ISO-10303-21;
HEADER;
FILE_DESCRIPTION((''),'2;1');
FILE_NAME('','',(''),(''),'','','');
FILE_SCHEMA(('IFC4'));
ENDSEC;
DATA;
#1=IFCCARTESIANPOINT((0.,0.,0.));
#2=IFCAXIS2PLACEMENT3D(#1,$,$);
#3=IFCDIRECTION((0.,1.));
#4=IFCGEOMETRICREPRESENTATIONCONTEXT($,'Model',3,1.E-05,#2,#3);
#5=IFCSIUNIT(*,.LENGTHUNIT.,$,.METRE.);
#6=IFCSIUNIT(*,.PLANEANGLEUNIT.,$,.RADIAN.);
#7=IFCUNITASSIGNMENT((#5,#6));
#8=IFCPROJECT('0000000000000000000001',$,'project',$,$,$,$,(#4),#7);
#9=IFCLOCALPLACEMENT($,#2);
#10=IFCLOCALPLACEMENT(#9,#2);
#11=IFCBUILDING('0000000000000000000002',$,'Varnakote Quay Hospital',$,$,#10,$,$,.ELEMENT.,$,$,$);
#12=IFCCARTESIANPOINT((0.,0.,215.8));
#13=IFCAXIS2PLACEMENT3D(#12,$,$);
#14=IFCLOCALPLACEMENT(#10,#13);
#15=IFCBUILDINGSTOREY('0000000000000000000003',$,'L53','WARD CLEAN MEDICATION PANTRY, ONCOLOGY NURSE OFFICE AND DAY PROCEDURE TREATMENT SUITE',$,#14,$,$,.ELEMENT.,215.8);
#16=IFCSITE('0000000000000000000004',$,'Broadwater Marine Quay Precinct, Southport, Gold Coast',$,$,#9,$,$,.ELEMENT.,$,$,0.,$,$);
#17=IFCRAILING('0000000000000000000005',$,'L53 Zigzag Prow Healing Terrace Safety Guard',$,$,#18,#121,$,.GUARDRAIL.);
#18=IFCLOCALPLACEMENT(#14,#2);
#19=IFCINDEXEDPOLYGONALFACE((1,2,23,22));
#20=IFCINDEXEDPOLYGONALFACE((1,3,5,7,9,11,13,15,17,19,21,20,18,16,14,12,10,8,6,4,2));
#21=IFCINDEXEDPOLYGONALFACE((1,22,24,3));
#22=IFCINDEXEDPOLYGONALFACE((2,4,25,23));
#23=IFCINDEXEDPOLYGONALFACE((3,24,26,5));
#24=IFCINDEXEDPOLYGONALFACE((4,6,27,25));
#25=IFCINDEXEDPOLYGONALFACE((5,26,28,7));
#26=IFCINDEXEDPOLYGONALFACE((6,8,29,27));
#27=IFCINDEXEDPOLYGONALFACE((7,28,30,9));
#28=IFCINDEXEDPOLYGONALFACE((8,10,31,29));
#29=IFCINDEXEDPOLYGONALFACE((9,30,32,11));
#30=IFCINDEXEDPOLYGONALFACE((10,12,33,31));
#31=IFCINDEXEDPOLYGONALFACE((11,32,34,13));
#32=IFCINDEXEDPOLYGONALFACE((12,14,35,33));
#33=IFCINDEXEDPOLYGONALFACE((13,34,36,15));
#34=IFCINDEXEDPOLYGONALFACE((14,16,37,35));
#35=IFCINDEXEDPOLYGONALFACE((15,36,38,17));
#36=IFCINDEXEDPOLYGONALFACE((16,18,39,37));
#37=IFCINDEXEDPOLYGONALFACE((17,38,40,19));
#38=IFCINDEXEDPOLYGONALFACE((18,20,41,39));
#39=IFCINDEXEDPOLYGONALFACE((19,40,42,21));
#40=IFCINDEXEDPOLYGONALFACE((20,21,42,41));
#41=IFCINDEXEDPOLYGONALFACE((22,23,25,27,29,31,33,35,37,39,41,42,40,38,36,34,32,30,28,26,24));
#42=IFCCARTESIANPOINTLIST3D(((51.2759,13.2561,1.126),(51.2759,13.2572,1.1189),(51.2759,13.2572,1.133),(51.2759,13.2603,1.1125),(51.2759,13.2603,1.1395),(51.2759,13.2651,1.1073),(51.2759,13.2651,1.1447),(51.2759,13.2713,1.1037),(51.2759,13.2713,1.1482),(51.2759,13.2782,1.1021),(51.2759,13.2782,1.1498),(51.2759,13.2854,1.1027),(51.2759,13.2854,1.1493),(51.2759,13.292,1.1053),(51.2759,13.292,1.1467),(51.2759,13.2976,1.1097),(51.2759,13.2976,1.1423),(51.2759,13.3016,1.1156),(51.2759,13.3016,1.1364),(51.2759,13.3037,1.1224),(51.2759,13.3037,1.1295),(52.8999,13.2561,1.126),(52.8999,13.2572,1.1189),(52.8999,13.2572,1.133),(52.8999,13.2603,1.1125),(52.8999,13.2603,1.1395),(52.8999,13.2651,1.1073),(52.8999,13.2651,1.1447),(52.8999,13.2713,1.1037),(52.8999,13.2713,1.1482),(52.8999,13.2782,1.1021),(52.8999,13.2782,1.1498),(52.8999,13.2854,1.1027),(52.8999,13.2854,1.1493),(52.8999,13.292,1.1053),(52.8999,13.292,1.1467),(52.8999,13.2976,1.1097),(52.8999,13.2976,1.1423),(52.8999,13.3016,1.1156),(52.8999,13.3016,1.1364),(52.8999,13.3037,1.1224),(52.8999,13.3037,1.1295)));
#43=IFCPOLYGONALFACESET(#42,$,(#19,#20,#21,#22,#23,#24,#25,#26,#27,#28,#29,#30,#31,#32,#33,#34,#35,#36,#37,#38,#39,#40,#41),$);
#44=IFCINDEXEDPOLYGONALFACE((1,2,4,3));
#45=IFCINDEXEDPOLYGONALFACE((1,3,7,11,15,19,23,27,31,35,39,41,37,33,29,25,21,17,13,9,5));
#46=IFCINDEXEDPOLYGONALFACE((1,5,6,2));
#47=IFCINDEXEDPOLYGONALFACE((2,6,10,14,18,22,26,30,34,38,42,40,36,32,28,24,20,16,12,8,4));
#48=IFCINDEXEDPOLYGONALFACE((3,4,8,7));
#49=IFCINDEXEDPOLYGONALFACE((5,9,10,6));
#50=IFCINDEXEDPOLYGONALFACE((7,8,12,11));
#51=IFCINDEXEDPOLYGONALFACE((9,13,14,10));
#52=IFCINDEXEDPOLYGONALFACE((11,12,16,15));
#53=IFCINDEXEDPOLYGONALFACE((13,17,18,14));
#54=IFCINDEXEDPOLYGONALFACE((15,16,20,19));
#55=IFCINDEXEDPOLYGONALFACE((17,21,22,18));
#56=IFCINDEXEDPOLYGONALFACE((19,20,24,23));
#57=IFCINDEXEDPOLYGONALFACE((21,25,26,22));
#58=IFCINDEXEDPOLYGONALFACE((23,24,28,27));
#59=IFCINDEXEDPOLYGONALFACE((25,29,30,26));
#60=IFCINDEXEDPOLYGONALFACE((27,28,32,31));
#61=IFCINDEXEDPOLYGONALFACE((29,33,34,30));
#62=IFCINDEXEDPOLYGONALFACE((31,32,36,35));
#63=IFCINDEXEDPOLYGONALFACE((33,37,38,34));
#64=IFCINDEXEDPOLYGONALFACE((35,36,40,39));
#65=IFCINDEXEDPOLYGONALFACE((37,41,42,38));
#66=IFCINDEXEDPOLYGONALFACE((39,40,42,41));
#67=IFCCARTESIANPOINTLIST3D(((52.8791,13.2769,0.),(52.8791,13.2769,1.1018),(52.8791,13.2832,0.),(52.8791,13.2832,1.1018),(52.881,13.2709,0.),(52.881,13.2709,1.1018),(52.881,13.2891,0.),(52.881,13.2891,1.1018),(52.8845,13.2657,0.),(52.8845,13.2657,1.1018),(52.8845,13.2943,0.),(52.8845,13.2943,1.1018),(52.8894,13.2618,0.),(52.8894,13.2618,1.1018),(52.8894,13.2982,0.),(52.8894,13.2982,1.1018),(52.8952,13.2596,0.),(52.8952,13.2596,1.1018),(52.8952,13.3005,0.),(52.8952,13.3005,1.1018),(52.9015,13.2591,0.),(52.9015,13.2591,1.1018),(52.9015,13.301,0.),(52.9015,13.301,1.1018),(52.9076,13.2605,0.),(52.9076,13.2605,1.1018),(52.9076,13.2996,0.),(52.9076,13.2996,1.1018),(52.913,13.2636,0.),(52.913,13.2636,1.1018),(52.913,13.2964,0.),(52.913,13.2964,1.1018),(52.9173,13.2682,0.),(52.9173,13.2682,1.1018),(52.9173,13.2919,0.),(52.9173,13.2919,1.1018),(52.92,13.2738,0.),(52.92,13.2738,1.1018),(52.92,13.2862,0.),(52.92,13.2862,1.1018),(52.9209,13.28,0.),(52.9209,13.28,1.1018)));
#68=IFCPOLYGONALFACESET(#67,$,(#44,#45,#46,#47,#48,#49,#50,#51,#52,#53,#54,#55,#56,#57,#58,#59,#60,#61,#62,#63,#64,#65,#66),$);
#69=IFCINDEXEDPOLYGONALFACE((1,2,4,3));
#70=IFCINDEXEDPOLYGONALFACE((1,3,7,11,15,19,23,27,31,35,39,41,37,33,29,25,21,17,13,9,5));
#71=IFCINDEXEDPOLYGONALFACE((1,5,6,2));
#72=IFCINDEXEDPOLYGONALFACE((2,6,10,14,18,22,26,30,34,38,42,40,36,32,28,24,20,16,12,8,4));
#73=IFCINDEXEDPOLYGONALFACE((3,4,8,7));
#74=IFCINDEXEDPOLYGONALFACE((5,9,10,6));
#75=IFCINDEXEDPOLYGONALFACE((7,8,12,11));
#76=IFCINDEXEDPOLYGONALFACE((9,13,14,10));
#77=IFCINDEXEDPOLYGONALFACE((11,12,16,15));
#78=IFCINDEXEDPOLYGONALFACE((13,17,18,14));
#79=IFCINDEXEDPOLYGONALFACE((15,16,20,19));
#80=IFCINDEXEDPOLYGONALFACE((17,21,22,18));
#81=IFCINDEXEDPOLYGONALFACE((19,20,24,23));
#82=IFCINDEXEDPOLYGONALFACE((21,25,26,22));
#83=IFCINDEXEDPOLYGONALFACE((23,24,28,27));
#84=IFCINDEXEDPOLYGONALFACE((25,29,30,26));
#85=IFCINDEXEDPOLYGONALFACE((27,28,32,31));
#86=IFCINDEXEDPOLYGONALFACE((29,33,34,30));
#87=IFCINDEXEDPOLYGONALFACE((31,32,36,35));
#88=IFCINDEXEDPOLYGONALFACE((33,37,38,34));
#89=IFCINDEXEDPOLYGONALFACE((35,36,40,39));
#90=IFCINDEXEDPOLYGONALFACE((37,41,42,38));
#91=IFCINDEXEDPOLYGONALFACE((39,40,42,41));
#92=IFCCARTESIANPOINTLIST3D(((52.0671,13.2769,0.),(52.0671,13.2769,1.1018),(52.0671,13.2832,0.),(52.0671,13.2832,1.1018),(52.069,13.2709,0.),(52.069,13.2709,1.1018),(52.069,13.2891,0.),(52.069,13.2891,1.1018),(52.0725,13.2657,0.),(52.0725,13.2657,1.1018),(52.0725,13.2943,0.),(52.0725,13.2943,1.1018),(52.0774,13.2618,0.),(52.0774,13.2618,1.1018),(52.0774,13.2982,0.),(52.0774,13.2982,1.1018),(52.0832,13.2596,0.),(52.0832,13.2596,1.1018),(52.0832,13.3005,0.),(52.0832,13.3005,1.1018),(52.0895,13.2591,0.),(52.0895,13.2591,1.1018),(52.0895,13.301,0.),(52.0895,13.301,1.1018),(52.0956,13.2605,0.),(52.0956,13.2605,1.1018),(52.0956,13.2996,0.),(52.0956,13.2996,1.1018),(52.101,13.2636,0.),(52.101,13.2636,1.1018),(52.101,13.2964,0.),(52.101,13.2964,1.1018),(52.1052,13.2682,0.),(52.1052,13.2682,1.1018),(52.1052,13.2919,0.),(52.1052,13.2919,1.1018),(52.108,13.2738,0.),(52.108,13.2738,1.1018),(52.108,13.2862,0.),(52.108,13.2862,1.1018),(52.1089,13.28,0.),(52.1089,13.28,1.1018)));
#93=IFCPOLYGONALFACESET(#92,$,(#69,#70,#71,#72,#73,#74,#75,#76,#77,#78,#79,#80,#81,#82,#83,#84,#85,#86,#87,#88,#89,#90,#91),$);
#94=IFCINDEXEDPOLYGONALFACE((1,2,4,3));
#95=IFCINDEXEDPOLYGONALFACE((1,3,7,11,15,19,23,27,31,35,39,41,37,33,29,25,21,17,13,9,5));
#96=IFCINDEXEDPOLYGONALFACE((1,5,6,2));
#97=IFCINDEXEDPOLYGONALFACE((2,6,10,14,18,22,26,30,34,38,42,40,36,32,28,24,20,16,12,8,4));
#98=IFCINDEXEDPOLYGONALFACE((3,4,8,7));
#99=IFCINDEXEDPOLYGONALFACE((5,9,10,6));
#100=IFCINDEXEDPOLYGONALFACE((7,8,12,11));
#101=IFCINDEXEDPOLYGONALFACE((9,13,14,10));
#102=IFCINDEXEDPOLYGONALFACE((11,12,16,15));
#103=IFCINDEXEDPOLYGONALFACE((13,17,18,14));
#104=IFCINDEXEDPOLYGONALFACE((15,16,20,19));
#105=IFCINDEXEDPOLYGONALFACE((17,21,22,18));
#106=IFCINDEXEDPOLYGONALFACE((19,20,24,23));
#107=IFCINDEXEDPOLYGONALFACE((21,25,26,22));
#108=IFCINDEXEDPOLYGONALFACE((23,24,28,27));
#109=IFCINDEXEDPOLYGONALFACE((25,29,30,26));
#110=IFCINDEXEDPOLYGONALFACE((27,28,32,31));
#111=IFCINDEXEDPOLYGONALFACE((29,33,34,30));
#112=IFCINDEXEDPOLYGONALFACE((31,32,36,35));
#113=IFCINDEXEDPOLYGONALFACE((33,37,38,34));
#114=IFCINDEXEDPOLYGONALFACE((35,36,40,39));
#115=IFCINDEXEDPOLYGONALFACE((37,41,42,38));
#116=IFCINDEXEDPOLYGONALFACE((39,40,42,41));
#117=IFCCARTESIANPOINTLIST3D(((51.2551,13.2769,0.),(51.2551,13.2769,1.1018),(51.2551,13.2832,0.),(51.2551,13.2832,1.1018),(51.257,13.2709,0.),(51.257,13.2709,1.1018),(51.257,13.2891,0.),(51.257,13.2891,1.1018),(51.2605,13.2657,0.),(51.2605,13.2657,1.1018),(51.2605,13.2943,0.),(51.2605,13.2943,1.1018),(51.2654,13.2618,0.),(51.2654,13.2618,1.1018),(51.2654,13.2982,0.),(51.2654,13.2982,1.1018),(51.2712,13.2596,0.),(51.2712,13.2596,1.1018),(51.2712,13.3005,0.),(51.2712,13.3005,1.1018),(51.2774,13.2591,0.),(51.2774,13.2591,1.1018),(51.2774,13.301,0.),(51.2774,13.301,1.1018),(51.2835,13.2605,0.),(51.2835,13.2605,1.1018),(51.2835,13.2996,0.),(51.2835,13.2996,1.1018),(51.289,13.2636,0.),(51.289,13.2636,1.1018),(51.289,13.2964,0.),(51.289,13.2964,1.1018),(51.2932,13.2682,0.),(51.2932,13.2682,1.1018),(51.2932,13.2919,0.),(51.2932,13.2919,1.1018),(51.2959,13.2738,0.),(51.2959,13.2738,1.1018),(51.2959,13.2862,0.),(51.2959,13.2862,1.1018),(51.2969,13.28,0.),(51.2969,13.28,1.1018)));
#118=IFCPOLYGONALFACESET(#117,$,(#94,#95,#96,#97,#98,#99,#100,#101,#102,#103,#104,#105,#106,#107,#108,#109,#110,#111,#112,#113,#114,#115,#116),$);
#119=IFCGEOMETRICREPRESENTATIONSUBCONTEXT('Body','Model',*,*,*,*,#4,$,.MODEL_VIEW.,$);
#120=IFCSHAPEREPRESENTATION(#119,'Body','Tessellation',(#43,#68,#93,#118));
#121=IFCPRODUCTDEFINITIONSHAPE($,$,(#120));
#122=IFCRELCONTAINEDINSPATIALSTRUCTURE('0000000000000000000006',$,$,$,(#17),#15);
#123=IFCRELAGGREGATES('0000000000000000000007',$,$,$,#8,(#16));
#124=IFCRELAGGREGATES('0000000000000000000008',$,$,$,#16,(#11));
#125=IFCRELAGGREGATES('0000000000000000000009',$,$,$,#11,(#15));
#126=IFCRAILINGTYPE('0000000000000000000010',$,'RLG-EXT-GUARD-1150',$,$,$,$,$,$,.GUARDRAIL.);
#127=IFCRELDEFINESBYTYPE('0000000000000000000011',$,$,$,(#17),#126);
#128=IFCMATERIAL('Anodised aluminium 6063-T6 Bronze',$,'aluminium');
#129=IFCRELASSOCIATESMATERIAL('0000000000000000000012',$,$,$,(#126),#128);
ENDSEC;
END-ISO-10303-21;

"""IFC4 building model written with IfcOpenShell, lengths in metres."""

from ifc_helpers import new_model, si_unit, direction, frame, origin, origin_2d, place, context, subcontext, project, spatial, circle, extrude, material, type_object, element, save


model = new_model("IFC4")

# Units and contexts
model_context = context("Model", 3, precision=1e-05, world=origin(), true_north=direction((0.0, 1.0)))
body_context = subcontext(model_context, "Body", "Model", "MODEL_VIEW")
ifc_project = project(units=[si_unit("LENGTHUNIT", "METRE"), si_unit("PLANEANGLEUNIT", "RADIAN")], contexts=[model_context])

# Site, building, storey
site_placement = place(None, origin())
site = spatial("IfcSite", under=ifc_project, at=site_placement, Name="Broadwater Marine Quay Precinct, Southport, Gold Coast", CompositionType="ELEMENT", RefElevation=0.0)
building_placement = place(site_placement, origin())
building = spatial("IfcBuilding", under=site, at=building_placement, Name="Varnakote Quay Hospital", CompositionType="ELEMENT")
storey_placement = place(building_placement, frame((0.0, 0.0, 215.8)))
storey = spatial("IfcBuildingStorey", under=building, at=storey_placement, Name="L53", Description="WARD CLEAN MEDICATION PANTRY, ONCOLOGY NURSE OFFICE AND DAY PROCEDURE TREATMENT SUITE", CompositionType="ELEMENT", Elevation=215.8)

# Railing
ifc_material_1 = material(Name="Anodised aluminium 6063-T6 Bronze", Category="aluminium")
railing_type = type_object("IfcRailingType", Name="RLG-EXT-GUARD-1150", PredefinedType="GUARDRAIL", material=ifc_material_1)
railing_1_placement = place(storey_placement, frame((52.8999, 13.28, 0.0)))
element("IfcRailing", 1, at=railing_1_placement, inside=storey, type_object=railing_type, Name="L53 Zigzag Prow Healing Terrace Safety Guard", PredefinedType="GUARDRAIL", context=body_context, shape_type="SweptSolid", body=[
    extrude(circle(Radius=0.0239, at=origin_2d()), frame((0.0, 0.0, 1.126), z_axis=(-1.0, 0.0, 0.0), x_axis=(0.0, -1.0, 0.0)), (0.0, 0.0, 1.0), 1.624),
    extrude(circle(Radius=0.021, at=origin_2d()), origin(), (0.0, 0.0, 1.0), 1.1018),
    extrude(circle(Radius=0.021, at=origin_2d()), frame((-0.812, 0.0, 0.0)), (0.0, 0.0, 1.0), 1.1018),
    extrude(circle(Radius=0.021, at=origin_2d()), frame((-1.624, 0.0, 0.0)), (0.0, 0.0, 1.0), 1.1018),
])

save(model, "model.ifc")
